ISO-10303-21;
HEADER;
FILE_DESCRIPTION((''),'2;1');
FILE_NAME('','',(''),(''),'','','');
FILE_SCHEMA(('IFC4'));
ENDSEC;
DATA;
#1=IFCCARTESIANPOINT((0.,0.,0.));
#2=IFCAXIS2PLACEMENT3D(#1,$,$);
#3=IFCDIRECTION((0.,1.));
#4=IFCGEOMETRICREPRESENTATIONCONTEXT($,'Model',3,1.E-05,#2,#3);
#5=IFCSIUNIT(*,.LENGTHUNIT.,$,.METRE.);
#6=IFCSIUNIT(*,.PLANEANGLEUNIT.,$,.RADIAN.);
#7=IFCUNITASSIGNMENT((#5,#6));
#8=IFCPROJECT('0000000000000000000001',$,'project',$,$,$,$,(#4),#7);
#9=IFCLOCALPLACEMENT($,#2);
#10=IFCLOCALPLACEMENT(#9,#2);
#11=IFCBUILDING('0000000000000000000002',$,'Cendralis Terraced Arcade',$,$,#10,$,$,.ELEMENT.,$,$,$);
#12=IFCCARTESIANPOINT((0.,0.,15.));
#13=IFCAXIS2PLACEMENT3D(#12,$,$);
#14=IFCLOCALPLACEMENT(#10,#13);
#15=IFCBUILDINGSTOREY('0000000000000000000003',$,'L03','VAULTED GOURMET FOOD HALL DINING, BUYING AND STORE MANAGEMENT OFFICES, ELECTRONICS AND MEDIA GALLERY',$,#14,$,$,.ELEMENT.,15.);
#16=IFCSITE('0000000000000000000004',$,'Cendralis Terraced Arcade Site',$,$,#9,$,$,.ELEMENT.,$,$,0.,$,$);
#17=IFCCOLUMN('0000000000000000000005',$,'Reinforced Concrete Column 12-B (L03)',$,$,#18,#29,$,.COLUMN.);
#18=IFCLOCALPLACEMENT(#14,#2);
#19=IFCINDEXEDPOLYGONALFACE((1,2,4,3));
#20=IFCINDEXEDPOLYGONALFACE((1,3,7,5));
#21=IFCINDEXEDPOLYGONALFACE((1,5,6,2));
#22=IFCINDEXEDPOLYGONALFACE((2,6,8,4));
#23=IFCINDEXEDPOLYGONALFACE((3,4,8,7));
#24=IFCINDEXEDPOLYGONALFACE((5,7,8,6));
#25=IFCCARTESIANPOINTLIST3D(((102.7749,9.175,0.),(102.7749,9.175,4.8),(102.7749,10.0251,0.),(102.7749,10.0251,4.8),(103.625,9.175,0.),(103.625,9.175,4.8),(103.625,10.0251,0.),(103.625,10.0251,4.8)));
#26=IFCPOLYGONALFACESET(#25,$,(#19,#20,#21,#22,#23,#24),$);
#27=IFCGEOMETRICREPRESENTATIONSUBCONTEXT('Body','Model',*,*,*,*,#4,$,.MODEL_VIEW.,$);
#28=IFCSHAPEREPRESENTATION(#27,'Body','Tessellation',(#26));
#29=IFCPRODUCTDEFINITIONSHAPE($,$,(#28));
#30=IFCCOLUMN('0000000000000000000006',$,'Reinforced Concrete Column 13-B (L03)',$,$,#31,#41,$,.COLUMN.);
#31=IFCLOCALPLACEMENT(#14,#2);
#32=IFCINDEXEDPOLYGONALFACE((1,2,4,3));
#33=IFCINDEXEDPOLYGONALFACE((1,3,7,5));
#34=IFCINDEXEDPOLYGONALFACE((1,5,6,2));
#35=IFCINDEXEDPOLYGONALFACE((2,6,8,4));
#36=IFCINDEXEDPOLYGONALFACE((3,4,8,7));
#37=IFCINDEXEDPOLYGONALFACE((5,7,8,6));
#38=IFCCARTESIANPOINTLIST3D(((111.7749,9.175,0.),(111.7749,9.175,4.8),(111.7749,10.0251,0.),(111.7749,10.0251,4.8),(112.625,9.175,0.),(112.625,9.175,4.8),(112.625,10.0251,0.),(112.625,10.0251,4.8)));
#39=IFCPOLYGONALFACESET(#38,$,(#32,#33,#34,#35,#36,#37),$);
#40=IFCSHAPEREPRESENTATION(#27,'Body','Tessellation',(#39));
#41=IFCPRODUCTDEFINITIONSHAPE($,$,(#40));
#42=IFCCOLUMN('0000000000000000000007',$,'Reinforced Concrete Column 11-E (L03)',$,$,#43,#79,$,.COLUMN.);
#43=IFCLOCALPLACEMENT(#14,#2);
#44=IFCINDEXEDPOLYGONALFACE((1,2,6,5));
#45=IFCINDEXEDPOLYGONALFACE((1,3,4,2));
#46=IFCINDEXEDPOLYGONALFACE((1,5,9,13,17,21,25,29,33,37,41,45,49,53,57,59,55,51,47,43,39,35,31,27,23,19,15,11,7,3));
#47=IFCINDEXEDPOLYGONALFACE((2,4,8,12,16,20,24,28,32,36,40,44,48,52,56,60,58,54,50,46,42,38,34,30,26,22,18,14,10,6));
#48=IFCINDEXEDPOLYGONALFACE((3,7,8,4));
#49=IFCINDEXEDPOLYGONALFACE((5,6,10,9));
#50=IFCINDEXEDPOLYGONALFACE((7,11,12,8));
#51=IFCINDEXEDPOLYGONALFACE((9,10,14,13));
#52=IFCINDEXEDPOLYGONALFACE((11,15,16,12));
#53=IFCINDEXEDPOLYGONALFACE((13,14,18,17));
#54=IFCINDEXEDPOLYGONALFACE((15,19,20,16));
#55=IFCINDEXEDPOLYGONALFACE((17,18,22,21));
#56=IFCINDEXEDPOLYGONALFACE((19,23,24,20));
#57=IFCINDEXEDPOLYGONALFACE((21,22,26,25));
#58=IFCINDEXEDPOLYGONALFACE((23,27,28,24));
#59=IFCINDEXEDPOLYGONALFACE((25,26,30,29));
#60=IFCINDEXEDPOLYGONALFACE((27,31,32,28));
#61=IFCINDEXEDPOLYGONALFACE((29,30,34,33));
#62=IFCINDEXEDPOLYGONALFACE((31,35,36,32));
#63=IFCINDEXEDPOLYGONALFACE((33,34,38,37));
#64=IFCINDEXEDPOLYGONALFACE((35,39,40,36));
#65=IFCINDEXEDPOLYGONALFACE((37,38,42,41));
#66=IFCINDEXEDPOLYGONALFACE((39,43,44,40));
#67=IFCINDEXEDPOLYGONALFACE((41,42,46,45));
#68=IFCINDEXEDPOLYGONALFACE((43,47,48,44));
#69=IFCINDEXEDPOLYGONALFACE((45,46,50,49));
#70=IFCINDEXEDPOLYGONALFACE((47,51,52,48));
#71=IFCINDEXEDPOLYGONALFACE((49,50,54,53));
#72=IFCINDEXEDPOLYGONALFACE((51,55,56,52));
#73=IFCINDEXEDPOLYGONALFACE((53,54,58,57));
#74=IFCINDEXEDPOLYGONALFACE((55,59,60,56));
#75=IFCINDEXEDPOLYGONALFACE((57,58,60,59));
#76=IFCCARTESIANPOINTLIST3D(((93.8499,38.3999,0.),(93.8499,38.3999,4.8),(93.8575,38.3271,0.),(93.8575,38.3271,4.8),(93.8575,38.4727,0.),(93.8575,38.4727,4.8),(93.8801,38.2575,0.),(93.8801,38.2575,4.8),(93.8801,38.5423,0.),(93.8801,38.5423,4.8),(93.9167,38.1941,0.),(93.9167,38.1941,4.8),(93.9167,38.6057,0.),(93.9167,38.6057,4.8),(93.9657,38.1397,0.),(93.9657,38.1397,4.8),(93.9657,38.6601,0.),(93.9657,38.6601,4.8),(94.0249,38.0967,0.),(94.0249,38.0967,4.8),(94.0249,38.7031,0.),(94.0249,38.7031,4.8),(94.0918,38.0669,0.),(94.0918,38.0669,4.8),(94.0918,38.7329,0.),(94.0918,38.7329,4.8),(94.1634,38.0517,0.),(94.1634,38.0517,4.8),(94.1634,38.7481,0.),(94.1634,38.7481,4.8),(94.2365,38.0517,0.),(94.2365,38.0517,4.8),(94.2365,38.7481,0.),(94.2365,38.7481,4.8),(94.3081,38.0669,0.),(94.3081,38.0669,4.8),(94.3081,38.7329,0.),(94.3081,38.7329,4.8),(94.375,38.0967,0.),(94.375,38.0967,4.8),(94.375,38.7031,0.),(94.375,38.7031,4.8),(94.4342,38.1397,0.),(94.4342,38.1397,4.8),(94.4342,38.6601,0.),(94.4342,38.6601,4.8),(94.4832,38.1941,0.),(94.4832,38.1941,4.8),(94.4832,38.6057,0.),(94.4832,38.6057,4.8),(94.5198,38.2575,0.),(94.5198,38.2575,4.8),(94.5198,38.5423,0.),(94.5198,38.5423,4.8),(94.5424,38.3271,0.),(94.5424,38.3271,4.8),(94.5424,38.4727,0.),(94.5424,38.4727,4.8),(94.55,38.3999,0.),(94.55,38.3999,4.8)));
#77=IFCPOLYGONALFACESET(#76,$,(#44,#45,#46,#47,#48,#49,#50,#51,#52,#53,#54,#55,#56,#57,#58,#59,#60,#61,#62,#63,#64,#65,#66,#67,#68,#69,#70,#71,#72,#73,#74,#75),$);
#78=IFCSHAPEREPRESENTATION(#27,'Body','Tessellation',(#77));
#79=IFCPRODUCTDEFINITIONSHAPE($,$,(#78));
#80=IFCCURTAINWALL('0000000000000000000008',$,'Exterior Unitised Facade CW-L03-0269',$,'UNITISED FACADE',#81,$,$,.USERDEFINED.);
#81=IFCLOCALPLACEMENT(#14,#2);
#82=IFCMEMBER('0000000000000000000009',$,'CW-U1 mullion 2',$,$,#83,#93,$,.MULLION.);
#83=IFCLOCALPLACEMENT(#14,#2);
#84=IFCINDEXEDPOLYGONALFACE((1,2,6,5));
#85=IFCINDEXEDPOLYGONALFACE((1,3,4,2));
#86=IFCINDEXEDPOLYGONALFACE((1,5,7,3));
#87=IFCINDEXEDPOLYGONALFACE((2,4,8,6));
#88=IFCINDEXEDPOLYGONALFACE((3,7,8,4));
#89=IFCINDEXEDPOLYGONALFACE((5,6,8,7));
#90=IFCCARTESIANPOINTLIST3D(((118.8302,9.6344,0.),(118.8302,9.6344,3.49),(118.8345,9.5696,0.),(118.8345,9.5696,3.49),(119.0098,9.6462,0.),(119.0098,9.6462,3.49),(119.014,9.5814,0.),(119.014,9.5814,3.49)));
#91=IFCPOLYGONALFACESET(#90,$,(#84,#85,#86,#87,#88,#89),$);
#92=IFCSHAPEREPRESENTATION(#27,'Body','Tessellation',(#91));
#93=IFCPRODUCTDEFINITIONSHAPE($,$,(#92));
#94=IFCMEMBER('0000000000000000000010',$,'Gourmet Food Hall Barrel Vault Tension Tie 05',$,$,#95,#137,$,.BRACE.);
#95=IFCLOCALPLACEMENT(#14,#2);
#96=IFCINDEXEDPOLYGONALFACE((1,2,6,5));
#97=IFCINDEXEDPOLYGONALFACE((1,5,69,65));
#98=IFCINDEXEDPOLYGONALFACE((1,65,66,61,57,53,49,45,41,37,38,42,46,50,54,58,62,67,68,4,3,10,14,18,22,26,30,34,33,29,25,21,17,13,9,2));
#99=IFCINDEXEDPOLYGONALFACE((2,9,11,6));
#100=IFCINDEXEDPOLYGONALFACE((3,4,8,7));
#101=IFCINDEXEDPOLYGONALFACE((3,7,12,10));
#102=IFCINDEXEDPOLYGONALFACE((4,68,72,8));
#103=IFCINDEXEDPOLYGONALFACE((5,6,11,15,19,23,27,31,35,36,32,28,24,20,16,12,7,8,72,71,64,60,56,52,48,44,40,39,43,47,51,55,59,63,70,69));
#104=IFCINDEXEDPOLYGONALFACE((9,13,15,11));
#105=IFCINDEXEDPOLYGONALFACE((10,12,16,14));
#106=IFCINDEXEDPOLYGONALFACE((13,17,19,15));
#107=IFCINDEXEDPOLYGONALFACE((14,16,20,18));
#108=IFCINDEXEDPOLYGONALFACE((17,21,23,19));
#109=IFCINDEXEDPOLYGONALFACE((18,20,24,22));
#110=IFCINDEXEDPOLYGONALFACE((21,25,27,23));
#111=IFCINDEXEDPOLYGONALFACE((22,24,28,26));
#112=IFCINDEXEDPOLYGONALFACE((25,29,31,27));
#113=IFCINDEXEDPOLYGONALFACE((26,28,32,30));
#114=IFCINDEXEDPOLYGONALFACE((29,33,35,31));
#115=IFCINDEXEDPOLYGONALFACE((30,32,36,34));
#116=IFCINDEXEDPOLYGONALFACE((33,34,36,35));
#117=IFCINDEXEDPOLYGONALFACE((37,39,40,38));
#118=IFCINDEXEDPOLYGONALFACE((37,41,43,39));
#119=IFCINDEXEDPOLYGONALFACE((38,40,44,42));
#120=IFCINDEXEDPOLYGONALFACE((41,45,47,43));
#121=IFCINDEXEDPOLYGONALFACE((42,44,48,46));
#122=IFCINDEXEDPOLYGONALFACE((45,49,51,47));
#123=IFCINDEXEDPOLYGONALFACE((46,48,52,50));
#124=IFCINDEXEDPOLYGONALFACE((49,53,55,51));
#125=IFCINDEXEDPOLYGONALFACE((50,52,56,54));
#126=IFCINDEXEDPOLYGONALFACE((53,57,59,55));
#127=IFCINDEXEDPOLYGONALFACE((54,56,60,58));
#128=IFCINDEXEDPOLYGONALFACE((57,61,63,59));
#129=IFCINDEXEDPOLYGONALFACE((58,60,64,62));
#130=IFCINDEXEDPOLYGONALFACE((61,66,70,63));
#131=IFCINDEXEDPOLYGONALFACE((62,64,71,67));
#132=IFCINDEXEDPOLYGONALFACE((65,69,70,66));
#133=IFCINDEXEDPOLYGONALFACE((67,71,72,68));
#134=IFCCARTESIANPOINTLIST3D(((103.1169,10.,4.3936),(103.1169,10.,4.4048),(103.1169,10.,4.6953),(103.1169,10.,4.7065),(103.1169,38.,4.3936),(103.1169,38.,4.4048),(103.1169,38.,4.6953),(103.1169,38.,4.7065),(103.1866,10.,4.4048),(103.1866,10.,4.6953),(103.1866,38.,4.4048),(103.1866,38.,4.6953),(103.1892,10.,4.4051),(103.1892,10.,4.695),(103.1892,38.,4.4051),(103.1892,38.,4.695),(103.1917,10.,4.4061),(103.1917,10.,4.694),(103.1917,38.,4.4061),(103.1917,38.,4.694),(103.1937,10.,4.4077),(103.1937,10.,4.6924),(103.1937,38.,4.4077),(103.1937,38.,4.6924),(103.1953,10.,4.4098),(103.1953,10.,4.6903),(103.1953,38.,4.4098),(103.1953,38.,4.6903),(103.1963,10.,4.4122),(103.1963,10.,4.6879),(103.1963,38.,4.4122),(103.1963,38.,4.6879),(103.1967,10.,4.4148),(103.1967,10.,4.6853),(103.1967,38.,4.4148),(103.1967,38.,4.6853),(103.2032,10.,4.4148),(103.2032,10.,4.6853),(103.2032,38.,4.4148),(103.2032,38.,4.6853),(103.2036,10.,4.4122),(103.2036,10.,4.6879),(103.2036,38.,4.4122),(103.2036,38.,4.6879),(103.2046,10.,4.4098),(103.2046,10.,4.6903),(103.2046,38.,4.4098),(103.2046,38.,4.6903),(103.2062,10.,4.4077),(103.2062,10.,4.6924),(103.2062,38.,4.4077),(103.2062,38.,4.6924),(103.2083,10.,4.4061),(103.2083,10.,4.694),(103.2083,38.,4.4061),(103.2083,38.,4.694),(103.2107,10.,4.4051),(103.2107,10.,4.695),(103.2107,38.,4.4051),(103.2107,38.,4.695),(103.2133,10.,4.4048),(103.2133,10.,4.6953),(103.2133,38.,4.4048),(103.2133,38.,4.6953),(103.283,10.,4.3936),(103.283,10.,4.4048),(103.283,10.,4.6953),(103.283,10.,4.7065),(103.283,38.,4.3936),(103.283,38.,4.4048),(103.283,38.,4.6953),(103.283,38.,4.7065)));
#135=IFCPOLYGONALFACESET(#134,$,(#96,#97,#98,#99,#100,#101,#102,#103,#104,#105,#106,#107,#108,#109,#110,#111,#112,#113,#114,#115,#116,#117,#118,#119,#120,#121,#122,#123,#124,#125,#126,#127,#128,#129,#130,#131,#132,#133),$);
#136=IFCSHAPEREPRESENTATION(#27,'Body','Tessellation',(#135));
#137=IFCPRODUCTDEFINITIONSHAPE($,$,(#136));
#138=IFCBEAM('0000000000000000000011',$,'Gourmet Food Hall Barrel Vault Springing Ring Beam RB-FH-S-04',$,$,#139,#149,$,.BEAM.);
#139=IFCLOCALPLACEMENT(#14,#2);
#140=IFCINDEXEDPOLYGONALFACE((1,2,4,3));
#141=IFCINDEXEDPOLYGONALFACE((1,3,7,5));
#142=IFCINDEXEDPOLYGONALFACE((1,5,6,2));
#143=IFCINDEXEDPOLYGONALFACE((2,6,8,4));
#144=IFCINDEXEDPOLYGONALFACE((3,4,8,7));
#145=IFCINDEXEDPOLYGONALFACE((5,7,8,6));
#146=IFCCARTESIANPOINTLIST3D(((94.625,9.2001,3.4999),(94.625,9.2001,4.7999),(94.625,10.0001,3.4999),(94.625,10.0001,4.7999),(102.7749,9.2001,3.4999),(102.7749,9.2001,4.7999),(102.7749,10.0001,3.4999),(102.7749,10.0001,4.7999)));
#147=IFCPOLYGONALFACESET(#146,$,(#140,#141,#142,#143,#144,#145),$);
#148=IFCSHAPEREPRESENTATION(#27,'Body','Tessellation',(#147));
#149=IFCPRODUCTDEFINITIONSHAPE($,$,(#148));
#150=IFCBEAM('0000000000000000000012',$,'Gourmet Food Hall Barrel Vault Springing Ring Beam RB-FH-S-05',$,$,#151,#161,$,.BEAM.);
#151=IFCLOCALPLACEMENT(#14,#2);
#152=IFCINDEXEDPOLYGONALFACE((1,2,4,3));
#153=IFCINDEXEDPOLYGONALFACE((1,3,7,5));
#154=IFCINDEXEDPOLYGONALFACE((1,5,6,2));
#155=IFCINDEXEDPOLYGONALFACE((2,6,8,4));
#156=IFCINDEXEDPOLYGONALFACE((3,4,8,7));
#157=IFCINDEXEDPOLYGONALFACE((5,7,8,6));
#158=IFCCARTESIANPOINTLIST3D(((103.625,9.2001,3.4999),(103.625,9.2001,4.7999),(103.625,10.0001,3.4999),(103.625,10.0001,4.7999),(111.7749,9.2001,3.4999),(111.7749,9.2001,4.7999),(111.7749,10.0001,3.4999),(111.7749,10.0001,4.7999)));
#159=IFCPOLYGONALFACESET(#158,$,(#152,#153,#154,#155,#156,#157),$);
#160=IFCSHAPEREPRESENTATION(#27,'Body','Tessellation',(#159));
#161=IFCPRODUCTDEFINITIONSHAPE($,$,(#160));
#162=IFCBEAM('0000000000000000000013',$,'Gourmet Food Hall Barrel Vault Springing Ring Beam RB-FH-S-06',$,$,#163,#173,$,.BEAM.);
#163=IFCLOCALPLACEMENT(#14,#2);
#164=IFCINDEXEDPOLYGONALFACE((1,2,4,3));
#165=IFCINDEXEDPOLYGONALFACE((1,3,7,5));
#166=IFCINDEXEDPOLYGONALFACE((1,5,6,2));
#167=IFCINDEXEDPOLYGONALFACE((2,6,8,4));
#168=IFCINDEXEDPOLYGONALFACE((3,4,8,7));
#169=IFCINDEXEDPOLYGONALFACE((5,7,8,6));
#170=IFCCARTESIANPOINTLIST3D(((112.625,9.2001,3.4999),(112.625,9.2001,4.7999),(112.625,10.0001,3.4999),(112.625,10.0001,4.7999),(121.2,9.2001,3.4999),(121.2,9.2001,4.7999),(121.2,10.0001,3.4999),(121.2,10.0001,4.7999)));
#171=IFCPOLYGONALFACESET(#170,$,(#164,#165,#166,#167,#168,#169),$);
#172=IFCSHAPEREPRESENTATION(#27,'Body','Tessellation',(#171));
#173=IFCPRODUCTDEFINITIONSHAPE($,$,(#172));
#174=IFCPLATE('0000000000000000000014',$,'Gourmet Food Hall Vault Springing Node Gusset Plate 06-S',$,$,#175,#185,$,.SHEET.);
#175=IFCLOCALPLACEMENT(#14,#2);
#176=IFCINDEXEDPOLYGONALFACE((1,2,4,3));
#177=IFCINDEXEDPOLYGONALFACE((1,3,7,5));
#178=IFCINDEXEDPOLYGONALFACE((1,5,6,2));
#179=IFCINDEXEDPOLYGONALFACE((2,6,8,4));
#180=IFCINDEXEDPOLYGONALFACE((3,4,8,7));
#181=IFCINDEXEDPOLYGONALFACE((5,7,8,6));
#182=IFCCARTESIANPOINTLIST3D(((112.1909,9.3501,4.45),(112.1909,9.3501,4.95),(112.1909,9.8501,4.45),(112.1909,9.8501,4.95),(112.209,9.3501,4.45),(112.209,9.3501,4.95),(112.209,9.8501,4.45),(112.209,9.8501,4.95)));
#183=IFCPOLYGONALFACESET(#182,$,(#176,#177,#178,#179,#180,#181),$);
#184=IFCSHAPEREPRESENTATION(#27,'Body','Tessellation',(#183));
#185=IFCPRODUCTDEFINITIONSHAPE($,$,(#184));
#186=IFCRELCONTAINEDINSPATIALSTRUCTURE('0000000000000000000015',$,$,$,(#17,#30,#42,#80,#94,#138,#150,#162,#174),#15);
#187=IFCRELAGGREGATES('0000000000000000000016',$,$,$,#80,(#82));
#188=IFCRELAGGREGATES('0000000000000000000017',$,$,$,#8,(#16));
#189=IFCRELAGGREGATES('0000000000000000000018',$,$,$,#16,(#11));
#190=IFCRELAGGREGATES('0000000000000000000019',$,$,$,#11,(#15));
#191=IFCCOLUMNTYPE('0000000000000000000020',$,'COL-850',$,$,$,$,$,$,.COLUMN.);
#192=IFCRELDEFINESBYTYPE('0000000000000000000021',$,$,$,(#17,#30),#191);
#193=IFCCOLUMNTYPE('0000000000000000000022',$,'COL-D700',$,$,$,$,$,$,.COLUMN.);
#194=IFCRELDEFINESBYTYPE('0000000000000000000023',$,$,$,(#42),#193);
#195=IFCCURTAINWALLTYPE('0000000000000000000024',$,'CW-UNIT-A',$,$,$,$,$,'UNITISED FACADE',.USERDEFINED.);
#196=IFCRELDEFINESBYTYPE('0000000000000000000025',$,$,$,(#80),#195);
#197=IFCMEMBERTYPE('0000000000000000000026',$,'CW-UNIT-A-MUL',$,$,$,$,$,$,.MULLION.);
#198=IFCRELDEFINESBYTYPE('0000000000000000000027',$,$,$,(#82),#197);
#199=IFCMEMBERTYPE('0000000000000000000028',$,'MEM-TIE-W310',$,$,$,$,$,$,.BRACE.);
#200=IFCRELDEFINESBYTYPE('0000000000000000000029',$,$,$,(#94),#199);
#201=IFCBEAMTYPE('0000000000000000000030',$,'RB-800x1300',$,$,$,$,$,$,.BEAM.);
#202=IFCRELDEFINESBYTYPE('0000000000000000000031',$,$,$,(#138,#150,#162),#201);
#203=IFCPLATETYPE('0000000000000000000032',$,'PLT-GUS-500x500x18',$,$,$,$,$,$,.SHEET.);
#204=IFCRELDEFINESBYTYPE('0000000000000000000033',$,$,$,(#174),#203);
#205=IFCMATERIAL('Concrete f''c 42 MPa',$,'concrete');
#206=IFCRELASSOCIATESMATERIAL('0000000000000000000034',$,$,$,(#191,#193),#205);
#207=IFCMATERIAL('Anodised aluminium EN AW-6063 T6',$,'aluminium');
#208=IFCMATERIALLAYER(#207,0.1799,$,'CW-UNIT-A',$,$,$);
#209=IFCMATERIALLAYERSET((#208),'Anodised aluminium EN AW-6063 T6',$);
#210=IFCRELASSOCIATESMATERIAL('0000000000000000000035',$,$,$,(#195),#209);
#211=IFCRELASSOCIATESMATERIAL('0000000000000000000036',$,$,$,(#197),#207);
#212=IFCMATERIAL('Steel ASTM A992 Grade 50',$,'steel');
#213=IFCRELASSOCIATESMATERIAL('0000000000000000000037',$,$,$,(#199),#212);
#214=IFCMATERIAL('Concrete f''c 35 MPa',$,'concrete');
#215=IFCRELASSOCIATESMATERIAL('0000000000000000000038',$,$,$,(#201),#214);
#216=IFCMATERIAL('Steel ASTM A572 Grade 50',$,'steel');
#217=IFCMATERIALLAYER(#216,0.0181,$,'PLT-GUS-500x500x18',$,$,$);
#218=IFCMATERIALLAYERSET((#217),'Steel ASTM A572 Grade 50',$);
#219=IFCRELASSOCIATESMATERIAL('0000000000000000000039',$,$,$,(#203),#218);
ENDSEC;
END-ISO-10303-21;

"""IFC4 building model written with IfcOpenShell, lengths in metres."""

from ifc_helpers import new_model, si_unit, direction, frame, origin, origin_2d, place, context, subcontext, project, spatial, rectangle, circle, i_section, extrude, material, layer, layer_set, material_profile, profile_set, type_object, element, aggregate, save


model = new_model("IFC4")

# Units and contexts
model_context = context("Model", 3, precision=1e-05, world=origin(), true_north=direction((0.0, 1.0)))
body_context = subcontext(model_context, "Body", "Model", "MODEL_VIEW")
ifc_project = project(units=[si_unit("LENGTHUNIT", "METRE"), si_unit("PLANEANGLEUNIT", "RADIAN")], contexts=[model_context])

# Site, building, storey
site_placement = place(None, origin())
site = spatial("IfcSite", under=ifc_project, at=site_placement, Name="Cendralis Terraced Arcade Site", CompositionType="ELEMENT", RefElevation=0.0)
building_placement = place(site_placement, origin())
building = spatial("IfcBuilding", under=site, at=building_placement, Name="Cendralis Terraced Arcade", CompositionType="ELEMENT")
storey_placement = place(building_placement, frame((0.0, 0.0, 15.0)))
storey = spatial("IfcBuildingStorey", under=building, at=storey_placement, Name="L03", Description="VAULTED GOURMET FOOD HALL DINING, BUYING AND STORE MANAGEMENT OFFICES, ELECTRONICS AND MEDIA GALLERY", CompositionType="ELEMENT", Elevation=15.0)

# Columns
ifc_material_1 = material(Name="Concrete f'c 42 MPa", Category="concrete")
ifc_material_profile_1 = material_profile(ifc_material_1, rectangle(XDim=0.8501, YDim=0.8501, at=origin_2d()), Name="RC-COL-850x850", Category="LoadBearing")
ifc_profile_set_1 = profile_set([ifc_material_profile_1], Name="Concrete f'c 42 MPa")
column_type_1 = type_object("IfcColumnType", Name="COL-850", PredefinedType="COLUMN", material=ifc_profile_set_1)
for number, where, z_axis, x_axis, name in (
    (1, (103.2, 9.6001, 0.0), (0.0, 0.0, 1.0), (1.0, 0.0, 0.0), "Reinforced Concrete Column 12-B (L03)"),
    (2, (112.2, 9.6001, 0.0), (0.0, 0.0, 1.0), (1.0, 0.0, 0.0), "Reinforced Concrete Column 13-B (L03)"),
):
    element("IfcColumn", number, at=place(storey_placement, frame(where, z_axis=z_axis, x_axis=x_axis)), inside=storey, type_object=column_type_1, Name=name, PredefinedType="COLUMN", context=body_context, shape_type="SweptSolid", body=[
        extrude(rectangle(XDim=0.8501, YDim=0.8501, at=origin_2d()), origin(), (0.0, 0.0, 1.0), 4.8),
    ])
ifc_material_profile_2 = material_profile(ifc_material_1, circle(Radius=0.3501, at=origin_2d()), Name="RC-COL-D700", Category="LoadBearing")
ifc_profile_set_2 = profile_set([ifc_material_profile_2], Name="Concrete f'c 42 MPa")
column_type_2 = type_object("IfcColumnType", Name="COL-D700", PredefinedType="COLUMN", material=ifc_profile_set_2)
column_placement = place(storey_placement, frame((94.2, 38.3999, 0.0), z_axis=(0.0, 0.0, 1.0), x_axis=(1.0, 0.0, 0.0)))
element("IfcColumn", 3, at=column_placement, inside=storey, type_object=column_type_2, Name="Reinforced Concrete Column 11-E (L03)", PredefinedType="COLUMN", context=body_context, shape_type="SweptSolid", body=[
    extrude(circle(Radius=0.3501, at=origin_2d()), origin(), (0.0, 0.0, 1.0), 4.8),
])

# Curtain wall, member
ifc_material_2 = material(Name="Anodised aluminium EN AW-6063 T6", Category="aluminium")
ifc_layer_1 = layer(ifc_material_2, 0.1799, Name="CW-UNIT-A")
ifc_layer_set_1 = layer_set([ifc_layer_1], Name="Anodised aluminium EN AW-6063 T6")
curtain_wall_type = type_object("IfcCurtainWallType", Name="CW-UNIT-A", ElementType="UNITISED FACADE", PredefinedType="USERDEFINED", material=ifc_layer_set_1)
curtain_wall_placement = place(storey_placement, origin())
curtain_wall = element("IfcCurtainWall", 4, at=curtain_wall_placement, inside=storey, type_object=curtain_wall_type, Name="Exterior Unitised Facade CW-L03-0269", ObjectType="UNITISED FACADE", PredefinedType="USERDEFINED")
ifc_material_profile_3 = material_profile(ifc_material_2, rectangle(XDim=0.0649, YDim=0.1799, at=origin_2d()), Name="ALU-MUL-65x180")
ifc_profile_set_3 = profile_set([ifc_material_profile_3], Name="Anodised aluminium EN AW-6063 T6")
member_type_1 = type_object("IfcMemberType", Name="CW-UNIT-A-MUL", PredefinedType="MULLION", material=ifc_profile_set_3)
member_1_placement = place(storey_placement, frame((118.9221, 9.6079, 0.0), z_axis=(0.0, 0.0, 1.0), x_axis=(0.065365, -0.997861, 0.0)))
member_1 = element("IfcMember", 5, at=member_1_placement, type_object=member_type_1, Name="CW-U1 mullion 2", PredefinedType="MULLION", context=body_context, shape_type="SweptSolid", body=[
    extrude(rectangle(XDim=0.0649, YDim=0.1799, at=origin_2d()), origin(), (0.0, 0.0, 1.0), 3.49),
])
aggregate(curtain_wall, [member_1])

# Member
ifc_material_3 = material(Name="Steel ASTM A992 Grade 50", Category="steel")
ifc_material_profile_4 = material_profile(ifc_material_3, i_section(OverallWidth=0.166, OverallDepth=0.313, WebThickness=0.0066, FlangeThickness=0.0112, FilletRadius=0.01, at=origin_2d()), Name="W310X44.5", Category="LoadBearing")
ifc_profile_set_4 = profile_set([ifc_material_profile_4], Name="Steel ASTM A992 Grade 50")
member_type_2 = type_object("IfcMemberType", Name="MEM-TIE-W310", PredefinedType="BRACE", material=ifc_profile_set_4)
member_2_placement = place(storey_placement, frame((103.2, 10.0, 4.55), z_axis=(0.0, 1.0, 0.0), x_axis=(-1.0, 0.0, 0.0)))
element("IfcMember", 6, at=member_2_placement, inside=storey, type_object=member_type_2, Name="Gourmet Food Hall Barrel Vault Tension Tie 05", PredefinedType="BRACE", context=body_context, shape_type="SweptSolid", body=[
    extrude(i_section(OverallWidth=0.166, OverallDepth=0.313, WebThickness=0.0066, FlangeThickness=0.0112, FilletRadius=0.01, at=origin_2d()), origin(), (0.0, 0.0, 1.0), 28.0),
])

# Beams
ifc_material_4 = material(Name="Concrete f'c 35 MPa", Category="concrete")
ifc_material_profile_5 = material_profile(ifc_material_4, rectangle(XDim=0.8, YDim=1.3, at=origin_2d()), Name="RC-RB-800x1300", Category="LoadBearing")
ifc_profile_set_5 = profile_set([ifc_material_profile_5], Name="Concrete f'c 35 MPa")
beam_type = type_object("IfcBeamType", Name="RB-800x1300", PredefinedType="BEAM", material=ifc_profile_set_5)
for number, where, z_axis, x_axis, name in (
    (7, (94.625, 9.6001, 4.1499), (1.0, 0.0, 0.0), (0.0, 1.0, 0.0), "Gourmet Food Hall Barrel Vault Springing Ring Beam RB-FH-S-04"),
    (8, (103.625, 9.6001, 4.1499), (1.0, 0.0, 0.0), (0.0, 1.0, 0.0), "Gourmet Food Hall Barrel Vault Springing Ring Beam RB-FH-S-05"),
):
    element("IfcBeam", number, at=place(storey_placement, frame(where, z_axis=z_axis, x_axis=x_axis)), inside=storey, type_object=beam_type, Name=name, PredefinedType="BEAM", context=body_context, shape_type="SweptSolid", body=[
        extrude(rectangle(XDim=0.8, YDim=1.3, at=origin_2d()), origin(), (0.0, 0.0, 1.0), 8.1499),
    ])
beam_placement = place(storey_placement, frame((112.625, 9.6001, 4.1499), z_axis=(1.0, 0.0, 0.0), x_axis=(0.0, 1.0, 0.0)))
element("IfcBeam", 9, at=beam_placement, inside=storey, type_object=beam_type, Name="Gourmet Food Hall Barrel Vault Springing Ring Beam RB-FH-S-06", PredefinedType="BEAM", context=body_context, shape_type="SweptSolid", body=[
    extrude(rectangle(XDim=0.8, YDim=1.3, at=origin_2d()), origin(), (0.0, 0.0, 1.0), 8.575),
])

# Plate
ifc_material_5 = material(Name="Steel ASTM A572 Grade 50", Category="steel")
ifc_layer_2 = layer(ifc_material_5, 0.0181, Name="PLT-GUS-500x500x18")
ifc_layer_set_2 = layer_set([ifc_layer_2], Name="Steel ASTM A572 Grade 50")
plate_type_1 = type_object("IfcPlateType", Name="PLT-GUS-500x500x18", PredefinedType="SHEET", material=ifc_layer_set_2)
plate_1_placement = place(storey_placement, frame((112.2, 9.6001, 4.45), z_axis=(0.0, 0.0, 1.0), x_axis=(0.0, 1.0, 0.0)))
element("IfcPlate", 10, at=plate_1_placement, inside=storey, type_object=plate_type_1, Name="Gourmet Food Hall Vault Springing Node Gusset Plate 06-S", PredefinedType="SHEET", context=body_context, shape_type="SweptSolid", body=[
    extrude(rectangle(XDim=0.5, YDim=0.0181, at=origin_2d()), origin(), (0.0, 0.0, 1.0), 0.5),
])

save(model, "model.ifc")
